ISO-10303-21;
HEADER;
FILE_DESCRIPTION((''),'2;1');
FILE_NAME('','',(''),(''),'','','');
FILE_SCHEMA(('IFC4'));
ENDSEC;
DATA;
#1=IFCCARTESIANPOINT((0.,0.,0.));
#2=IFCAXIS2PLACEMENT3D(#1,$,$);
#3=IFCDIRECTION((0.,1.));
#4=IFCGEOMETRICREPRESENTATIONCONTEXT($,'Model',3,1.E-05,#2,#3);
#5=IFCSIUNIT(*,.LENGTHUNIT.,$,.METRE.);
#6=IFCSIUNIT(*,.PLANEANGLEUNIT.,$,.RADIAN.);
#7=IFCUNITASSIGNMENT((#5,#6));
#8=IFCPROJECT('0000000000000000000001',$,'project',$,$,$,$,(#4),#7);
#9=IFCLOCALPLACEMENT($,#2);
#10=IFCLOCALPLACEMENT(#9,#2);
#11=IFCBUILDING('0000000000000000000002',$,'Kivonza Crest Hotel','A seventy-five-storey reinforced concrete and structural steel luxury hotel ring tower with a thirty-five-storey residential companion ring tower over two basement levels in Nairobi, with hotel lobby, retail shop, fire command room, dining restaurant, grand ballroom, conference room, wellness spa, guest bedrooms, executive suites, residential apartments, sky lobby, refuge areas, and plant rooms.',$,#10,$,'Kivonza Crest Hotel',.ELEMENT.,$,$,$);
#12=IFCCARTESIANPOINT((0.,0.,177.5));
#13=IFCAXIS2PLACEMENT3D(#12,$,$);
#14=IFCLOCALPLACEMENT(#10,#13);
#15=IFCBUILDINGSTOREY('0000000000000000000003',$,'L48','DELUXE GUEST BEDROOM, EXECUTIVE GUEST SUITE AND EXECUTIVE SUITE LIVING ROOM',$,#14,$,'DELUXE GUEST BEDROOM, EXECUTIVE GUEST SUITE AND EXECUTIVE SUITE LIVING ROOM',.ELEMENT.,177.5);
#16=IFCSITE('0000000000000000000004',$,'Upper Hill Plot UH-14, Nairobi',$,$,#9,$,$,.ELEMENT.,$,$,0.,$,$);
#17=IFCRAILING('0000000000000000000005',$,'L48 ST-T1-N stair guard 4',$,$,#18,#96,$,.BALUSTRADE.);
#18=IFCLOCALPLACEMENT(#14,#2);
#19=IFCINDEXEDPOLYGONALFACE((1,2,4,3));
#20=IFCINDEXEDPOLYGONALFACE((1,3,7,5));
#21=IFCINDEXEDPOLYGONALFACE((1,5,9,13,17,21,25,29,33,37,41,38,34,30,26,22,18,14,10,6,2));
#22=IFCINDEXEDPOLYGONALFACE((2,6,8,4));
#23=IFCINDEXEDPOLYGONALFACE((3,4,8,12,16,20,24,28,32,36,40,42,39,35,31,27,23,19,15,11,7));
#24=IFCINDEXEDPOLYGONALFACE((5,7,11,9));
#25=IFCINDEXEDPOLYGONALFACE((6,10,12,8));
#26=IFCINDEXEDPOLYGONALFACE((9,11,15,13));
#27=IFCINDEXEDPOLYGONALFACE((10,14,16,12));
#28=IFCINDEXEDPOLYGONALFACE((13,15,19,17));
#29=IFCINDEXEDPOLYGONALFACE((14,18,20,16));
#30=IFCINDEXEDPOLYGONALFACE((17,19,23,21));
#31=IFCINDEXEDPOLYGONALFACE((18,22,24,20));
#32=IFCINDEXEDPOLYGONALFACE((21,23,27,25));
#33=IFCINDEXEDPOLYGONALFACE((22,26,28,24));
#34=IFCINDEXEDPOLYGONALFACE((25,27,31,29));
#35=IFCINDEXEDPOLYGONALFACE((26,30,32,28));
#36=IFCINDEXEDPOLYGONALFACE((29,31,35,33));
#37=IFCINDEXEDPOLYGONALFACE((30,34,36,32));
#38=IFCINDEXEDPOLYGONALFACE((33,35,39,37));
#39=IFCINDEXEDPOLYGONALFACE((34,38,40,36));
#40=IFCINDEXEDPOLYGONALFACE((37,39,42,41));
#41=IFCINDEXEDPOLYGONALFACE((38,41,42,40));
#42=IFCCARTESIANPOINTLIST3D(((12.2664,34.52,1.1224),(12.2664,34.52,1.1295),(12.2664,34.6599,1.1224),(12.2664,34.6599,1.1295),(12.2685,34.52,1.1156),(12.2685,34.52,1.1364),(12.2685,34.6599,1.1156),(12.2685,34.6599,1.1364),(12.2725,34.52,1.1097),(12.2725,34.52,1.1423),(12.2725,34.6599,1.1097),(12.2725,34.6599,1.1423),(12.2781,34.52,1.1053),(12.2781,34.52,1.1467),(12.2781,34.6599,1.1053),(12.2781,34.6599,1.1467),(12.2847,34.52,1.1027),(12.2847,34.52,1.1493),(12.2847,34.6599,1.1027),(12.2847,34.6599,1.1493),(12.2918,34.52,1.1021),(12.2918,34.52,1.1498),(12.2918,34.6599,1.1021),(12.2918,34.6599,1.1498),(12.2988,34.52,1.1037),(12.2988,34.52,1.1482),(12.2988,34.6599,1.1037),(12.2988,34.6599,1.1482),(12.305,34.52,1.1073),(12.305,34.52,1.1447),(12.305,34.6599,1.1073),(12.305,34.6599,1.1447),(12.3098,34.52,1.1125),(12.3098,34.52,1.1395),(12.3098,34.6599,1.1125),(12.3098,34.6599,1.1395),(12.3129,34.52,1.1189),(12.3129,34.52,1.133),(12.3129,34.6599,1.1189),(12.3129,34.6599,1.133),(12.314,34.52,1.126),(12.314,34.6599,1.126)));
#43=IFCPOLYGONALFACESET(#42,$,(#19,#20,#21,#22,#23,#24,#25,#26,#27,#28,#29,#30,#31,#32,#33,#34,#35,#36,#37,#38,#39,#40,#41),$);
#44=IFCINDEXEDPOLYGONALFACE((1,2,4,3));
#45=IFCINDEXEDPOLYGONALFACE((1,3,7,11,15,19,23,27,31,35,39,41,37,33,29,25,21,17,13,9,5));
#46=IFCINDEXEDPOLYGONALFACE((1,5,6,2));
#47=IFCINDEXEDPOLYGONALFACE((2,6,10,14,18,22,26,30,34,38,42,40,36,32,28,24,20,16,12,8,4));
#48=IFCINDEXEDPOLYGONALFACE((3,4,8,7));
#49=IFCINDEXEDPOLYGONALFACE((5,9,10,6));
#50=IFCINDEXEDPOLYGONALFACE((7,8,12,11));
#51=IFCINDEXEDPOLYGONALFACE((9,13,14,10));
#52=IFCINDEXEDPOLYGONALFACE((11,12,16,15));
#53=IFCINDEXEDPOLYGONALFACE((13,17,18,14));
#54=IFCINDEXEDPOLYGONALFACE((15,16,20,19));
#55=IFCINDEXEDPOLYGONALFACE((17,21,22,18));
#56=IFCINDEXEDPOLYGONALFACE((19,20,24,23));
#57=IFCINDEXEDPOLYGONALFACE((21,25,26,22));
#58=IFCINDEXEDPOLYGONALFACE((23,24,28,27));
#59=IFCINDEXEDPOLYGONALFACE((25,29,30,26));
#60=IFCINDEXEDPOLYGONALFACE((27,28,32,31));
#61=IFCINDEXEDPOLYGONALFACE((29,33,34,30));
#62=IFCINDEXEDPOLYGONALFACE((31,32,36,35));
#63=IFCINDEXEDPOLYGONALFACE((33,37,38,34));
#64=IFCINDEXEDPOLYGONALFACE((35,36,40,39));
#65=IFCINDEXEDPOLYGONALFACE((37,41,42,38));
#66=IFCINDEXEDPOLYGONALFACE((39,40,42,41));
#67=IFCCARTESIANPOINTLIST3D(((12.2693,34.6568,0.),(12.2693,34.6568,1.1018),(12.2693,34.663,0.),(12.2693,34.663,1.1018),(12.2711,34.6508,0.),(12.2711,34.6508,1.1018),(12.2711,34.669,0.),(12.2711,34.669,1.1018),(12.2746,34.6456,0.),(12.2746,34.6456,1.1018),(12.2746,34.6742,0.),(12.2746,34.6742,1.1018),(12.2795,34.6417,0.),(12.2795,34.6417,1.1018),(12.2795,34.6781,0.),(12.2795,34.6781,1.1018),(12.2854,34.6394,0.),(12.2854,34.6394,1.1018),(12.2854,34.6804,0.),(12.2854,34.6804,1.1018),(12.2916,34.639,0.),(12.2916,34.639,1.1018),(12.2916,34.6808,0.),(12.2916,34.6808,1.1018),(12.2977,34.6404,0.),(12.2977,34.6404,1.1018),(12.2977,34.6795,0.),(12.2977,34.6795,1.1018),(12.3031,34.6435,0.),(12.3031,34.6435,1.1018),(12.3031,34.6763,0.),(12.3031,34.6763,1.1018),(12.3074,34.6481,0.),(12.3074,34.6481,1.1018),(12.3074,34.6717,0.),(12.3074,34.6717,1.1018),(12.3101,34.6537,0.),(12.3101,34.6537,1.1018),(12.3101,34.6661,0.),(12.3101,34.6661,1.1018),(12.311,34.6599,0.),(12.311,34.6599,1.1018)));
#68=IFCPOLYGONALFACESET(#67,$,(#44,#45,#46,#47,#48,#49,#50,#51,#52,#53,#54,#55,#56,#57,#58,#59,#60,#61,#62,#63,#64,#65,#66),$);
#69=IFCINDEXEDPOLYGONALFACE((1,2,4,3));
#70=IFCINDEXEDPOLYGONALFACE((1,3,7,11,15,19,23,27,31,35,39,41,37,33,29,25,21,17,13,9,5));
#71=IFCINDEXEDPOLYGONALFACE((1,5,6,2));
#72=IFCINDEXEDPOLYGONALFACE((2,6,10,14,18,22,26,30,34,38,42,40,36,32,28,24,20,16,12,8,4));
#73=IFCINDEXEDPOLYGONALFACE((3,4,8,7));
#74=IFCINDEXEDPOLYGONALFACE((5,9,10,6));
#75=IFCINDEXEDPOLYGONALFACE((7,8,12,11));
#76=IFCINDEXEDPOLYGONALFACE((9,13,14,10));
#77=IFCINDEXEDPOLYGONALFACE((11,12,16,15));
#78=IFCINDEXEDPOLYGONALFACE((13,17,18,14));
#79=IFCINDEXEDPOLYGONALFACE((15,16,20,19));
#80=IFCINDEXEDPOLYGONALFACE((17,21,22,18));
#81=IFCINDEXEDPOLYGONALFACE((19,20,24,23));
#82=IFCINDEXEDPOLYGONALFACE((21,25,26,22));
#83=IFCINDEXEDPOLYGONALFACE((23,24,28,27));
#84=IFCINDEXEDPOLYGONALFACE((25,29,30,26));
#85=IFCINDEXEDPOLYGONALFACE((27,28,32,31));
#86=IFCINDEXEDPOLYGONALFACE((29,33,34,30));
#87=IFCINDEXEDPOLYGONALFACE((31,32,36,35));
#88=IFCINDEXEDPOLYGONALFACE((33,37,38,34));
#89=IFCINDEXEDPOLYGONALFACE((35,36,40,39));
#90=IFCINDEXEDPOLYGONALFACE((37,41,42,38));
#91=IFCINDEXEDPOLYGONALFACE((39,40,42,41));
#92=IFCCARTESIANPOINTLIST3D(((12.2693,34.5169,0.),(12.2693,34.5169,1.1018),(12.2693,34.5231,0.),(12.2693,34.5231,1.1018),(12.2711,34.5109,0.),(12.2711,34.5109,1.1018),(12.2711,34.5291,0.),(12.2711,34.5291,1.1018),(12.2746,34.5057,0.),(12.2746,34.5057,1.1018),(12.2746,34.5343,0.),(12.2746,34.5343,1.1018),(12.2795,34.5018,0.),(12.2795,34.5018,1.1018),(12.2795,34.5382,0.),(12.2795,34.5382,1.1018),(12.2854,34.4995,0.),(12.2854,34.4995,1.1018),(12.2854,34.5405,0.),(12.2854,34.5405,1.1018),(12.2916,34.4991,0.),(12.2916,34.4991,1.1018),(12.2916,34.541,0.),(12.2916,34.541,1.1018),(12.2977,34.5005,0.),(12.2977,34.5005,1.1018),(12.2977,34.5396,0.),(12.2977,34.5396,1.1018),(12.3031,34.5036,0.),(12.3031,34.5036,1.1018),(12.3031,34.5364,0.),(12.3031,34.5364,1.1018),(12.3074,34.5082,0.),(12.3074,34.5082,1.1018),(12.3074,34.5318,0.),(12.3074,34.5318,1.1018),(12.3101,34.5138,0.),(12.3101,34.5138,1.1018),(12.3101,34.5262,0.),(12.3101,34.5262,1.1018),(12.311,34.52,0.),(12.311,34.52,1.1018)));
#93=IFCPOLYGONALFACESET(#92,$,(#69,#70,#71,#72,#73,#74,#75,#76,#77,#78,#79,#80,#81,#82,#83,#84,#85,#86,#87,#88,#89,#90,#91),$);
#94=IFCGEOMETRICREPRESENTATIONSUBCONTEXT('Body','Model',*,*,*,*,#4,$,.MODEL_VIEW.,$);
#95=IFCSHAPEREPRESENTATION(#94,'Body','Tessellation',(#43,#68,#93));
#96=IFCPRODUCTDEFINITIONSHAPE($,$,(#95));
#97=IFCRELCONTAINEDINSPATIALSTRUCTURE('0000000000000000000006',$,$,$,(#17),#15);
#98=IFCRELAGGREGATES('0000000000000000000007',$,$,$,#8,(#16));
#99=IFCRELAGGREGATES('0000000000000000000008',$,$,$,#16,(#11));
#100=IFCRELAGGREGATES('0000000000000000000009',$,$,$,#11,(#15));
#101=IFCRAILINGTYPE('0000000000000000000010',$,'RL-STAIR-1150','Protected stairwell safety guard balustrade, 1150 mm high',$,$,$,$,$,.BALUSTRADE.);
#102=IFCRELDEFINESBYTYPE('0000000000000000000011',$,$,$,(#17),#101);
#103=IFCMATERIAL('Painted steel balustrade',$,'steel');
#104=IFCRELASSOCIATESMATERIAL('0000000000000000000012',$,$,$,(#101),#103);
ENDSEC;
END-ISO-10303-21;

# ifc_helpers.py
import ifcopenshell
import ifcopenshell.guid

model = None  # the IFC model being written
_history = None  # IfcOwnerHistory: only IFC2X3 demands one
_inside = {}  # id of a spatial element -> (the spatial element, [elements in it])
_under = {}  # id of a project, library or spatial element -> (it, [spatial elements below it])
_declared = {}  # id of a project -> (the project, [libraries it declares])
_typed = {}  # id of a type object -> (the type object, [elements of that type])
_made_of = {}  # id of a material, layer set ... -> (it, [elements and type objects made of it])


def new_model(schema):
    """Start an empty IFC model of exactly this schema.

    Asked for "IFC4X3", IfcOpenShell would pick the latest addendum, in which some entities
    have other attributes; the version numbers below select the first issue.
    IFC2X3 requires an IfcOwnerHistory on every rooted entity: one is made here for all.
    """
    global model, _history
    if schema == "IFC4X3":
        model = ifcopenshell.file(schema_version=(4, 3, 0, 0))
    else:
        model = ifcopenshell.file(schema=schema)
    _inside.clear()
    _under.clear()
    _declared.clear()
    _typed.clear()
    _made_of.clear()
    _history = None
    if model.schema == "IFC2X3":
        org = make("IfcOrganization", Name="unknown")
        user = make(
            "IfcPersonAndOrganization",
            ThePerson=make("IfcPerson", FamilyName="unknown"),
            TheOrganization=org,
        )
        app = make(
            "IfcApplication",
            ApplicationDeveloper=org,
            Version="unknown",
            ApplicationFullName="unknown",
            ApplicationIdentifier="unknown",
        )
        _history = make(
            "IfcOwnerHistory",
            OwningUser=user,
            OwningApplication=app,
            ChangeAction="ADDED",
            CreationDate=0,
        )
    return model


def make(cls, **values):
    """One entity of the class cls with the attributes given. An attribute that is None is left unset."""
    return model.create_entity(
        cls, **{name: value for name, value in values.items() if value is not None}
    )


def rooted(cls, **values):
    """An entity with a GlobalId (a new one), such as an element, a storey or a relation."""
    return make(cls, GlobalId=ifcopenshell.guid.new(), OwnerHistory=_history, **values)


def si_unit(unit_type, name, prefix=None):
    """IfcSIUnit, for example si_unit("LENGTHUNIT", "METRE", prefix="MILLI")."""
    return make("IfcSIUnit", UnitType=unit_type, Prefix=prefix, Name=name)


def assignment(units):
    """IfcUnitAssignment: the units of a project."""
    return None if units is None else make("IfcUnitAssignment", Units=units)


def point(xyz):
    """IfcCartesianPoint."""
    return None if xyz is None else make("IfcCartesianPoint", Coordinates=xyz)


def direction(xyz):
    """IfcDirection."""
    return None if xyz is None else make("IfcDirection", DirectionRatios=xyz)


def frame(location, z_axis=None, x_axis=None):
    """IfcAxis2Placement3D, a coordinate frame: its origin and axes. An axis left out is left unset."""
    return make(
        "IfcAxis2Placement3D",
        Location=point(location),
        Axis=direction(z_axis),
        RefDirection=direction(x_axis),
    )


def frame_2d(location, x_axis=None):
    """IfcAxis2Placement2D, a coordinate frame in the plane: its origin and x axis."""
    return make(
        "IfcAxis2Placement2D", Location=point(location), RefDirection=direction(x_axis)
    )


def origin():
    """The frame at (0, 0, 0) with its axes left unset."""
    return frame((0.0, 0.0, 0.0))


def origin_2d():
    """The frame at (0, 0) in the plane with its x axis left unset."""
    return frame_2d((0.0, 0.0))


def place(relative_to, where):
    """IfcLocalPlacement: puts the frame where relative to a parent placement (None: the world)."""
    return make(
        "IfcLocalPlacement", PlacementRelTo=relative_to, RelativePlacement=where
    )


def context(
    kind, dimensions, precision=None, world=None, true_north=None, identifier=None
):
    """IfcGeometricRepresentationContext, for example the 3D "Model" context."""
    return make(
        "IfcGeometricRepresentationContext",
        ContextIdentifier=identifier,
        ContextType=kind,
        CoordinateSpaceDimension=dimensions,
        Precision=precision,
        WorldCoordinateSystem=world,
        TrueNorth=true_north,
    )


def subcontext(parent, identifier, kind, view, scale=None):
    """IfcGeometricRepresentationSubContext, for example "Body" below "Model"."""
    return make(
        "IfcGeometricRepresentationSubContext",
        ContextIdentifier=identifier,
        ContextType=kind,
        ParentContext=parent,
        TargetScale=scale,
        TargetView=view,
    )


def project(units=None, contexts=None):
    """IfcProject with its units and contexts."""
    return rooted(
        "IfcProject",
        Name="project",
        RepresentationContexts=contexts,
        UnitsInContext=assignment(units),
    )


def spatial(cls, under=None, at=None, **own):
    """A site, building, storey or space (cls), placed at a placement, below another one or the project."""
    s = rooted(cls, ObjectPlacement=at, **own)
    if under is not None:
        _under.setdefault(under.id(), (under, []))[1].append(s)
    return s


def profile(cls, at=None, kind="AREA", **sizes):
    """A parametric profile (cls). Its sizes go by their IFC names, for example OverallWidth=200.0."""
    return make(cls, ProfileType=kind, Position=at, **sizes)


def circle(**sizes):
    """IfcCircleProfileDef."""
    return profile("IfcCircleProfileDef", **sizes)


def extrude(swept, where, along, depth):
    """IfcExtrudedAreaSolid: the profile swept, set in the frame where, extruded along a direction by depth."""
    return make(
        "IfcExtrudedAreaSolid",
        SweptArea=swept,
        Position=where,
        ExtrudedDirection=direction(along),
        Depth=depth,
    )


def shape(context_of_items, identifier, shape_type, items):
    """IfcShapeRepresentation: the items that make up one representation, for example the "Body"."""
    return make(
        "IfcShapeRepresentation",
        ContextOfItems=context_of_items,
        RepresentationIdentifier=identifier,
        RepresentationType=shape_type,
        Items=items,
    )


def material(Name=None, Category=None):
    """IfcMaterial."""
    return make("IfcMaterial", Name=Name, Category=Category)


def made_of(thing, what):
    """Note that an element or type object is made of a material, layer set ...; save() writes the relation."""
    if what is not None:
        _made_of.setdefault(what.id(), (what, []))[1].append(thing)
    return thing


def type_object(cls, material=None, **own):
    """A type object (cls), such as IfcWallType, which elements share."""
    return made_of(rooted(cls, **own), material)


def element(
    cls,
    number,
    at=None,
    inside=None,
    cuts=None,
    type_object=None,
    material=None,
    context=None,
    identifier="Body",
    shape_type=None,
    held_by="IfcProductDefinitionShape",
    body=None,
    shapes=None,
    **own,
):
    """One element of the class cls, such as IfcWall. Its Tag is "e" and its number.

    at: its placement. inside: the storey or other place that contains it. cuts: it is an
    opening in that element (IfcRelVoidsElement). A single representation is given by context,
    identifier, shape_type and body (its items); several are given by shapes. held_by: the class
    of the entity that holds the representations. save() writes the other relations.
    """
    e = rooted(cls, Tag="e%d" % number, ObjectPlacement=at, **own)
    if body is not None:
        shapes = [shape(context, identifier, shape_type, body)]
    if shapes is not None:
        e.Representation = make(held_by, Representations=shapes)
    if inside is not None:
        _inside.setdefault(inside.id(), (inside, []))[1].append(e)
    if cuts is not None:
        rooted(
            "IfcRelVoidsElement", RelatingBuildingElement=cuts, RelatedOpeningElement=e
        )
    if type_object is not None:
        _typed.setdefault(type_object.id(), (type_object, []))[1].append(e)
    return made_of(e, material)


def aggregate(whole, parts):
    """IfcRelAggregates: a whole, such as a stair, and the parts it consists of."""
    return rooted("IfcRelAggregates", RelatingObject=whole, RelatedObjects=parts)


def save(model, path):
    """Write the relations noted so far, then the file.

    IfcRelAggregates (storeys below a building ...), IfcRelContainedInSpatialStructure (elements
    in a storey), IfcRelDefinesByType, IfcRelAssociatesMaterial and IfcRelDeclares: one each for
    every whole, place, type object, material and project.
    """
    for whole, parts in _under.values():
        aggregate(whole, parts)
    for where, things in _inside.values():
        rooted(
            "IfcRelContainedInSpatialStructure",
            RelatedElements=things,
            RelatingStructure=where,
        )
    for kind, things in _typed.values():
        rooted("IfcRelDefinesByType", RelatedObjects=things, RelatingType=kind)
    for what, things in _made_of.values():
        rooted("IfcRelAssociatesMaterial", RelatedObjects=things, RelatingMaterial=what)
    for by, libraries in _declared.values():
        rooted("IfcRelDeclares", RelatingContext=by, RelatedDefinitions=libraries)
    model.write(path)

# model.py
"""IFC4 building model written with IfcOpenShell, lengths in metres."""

from ifc_helpers import new_model, si_unit, direction, frame, origin, origin_2d, place, context, subcontext, project, spatial, circle, extrude, material, type_object, element, save


model = new_model("IFC4")

# Units and contexts
model_context = context("Model", 3, precision=1e-05, world=origin(), true_north=direction((0.0, 1.0)))
body_context = subcontext(model_context, "Body", "Model", "MODEL_VIEW")
ifc_project = project(units=[si_unit("LENGTHUNIT", "METRE"), si_unit("PLANEANGLEUNIT", "RADIAN")], contexts=[model_context])

# Site, building, storey
site_placement = place(None, origin())
site = spatial("IfcSite", under=ifc_project, at=site_placement, Name="Upper Hill Plot UH-14, Nairobi", CompositionType="ELEMENT", RefElevation=0.0)
building_placement = place(site_placement, origin())
building = spatial("IfcBuilding", under=site, at=building_placement, Name="Kivonza Crest Hotel", Description="A seventy-five-storey reinforced concrete and structural steel luxury hotel ring tower with a thirty-five-storey residential companion ring tower over two basement levels in Nairobi, with hotel lobby, retail shop, fire command room, dining restaurant, grand ballroom, conference room, wellness spa, guest bedrooms, executive suites, residential apartments, sky lobby, refuge areas, and plant rooms.", LongName="Kivonza Crest Hotel", CompositionType="ELEMENT")
storey_placement = place(building_placement, frame((0.0, 0.0, 177.5)))
storey = spatial("IfcBuildingStorey", under=building, at=storey_placement, Name="L48", Description="DELUXE GUEST BEDROOM, EXECUTIVE GUEST SUITE AND EXECUTIVE SUITE LIVING ROOM", LongName="DELUXE GUEST BEDROOM, EXECUTIVE GUEST SUITE AND EXECUTIVE SUITE LIVING ROOM", CompositionType="ELEMENT", Elevation=177.5)

# Railing
ifc_material_1 = material(Name="Painted steel balustrade", Category="steel")
railing_type_1 = type_object("IfcRailingType", Name="RL-STAIR-1150", Description="Protected stairwell safety guard balustrade, 1150 mm high", PredefinedType="BALUSTRADE", material=ifc_material_1)
railing_1_placement = place(storey_placement, frame((12.29, 34.6599, 0.0)))
element("IfcRailing", 1, at=railing_1_placement, inside=storey, type_object=railing_type_1, Name="L48 ST-T1-N stair guard 4", PredefinedType="BALUSTRADE", context=body_context, shape_type="SweptSolid", body=[
    extrude(circle(Radius=0.0239, at=origin_2d()), frame((0.0, 0.0, 1.126), z_axis=(0.0, -1.0, 0.0), x_axis=(1.0, 0.0, 0.0)), (0.0, 0.0, 1.0), 0.1399),
    extrude(circle(Radius=0.021, at=origin_2d()), origin(), (0.0, 0.0, 1.0), 1.1018),
    extrude(circle(Radius=0.021, at=origin_2d()), frame((0.0, -0.1399, 0.0)), (0.0, 0.0, 1.0), 1.1018),
])

save(model, "model.ifc")
